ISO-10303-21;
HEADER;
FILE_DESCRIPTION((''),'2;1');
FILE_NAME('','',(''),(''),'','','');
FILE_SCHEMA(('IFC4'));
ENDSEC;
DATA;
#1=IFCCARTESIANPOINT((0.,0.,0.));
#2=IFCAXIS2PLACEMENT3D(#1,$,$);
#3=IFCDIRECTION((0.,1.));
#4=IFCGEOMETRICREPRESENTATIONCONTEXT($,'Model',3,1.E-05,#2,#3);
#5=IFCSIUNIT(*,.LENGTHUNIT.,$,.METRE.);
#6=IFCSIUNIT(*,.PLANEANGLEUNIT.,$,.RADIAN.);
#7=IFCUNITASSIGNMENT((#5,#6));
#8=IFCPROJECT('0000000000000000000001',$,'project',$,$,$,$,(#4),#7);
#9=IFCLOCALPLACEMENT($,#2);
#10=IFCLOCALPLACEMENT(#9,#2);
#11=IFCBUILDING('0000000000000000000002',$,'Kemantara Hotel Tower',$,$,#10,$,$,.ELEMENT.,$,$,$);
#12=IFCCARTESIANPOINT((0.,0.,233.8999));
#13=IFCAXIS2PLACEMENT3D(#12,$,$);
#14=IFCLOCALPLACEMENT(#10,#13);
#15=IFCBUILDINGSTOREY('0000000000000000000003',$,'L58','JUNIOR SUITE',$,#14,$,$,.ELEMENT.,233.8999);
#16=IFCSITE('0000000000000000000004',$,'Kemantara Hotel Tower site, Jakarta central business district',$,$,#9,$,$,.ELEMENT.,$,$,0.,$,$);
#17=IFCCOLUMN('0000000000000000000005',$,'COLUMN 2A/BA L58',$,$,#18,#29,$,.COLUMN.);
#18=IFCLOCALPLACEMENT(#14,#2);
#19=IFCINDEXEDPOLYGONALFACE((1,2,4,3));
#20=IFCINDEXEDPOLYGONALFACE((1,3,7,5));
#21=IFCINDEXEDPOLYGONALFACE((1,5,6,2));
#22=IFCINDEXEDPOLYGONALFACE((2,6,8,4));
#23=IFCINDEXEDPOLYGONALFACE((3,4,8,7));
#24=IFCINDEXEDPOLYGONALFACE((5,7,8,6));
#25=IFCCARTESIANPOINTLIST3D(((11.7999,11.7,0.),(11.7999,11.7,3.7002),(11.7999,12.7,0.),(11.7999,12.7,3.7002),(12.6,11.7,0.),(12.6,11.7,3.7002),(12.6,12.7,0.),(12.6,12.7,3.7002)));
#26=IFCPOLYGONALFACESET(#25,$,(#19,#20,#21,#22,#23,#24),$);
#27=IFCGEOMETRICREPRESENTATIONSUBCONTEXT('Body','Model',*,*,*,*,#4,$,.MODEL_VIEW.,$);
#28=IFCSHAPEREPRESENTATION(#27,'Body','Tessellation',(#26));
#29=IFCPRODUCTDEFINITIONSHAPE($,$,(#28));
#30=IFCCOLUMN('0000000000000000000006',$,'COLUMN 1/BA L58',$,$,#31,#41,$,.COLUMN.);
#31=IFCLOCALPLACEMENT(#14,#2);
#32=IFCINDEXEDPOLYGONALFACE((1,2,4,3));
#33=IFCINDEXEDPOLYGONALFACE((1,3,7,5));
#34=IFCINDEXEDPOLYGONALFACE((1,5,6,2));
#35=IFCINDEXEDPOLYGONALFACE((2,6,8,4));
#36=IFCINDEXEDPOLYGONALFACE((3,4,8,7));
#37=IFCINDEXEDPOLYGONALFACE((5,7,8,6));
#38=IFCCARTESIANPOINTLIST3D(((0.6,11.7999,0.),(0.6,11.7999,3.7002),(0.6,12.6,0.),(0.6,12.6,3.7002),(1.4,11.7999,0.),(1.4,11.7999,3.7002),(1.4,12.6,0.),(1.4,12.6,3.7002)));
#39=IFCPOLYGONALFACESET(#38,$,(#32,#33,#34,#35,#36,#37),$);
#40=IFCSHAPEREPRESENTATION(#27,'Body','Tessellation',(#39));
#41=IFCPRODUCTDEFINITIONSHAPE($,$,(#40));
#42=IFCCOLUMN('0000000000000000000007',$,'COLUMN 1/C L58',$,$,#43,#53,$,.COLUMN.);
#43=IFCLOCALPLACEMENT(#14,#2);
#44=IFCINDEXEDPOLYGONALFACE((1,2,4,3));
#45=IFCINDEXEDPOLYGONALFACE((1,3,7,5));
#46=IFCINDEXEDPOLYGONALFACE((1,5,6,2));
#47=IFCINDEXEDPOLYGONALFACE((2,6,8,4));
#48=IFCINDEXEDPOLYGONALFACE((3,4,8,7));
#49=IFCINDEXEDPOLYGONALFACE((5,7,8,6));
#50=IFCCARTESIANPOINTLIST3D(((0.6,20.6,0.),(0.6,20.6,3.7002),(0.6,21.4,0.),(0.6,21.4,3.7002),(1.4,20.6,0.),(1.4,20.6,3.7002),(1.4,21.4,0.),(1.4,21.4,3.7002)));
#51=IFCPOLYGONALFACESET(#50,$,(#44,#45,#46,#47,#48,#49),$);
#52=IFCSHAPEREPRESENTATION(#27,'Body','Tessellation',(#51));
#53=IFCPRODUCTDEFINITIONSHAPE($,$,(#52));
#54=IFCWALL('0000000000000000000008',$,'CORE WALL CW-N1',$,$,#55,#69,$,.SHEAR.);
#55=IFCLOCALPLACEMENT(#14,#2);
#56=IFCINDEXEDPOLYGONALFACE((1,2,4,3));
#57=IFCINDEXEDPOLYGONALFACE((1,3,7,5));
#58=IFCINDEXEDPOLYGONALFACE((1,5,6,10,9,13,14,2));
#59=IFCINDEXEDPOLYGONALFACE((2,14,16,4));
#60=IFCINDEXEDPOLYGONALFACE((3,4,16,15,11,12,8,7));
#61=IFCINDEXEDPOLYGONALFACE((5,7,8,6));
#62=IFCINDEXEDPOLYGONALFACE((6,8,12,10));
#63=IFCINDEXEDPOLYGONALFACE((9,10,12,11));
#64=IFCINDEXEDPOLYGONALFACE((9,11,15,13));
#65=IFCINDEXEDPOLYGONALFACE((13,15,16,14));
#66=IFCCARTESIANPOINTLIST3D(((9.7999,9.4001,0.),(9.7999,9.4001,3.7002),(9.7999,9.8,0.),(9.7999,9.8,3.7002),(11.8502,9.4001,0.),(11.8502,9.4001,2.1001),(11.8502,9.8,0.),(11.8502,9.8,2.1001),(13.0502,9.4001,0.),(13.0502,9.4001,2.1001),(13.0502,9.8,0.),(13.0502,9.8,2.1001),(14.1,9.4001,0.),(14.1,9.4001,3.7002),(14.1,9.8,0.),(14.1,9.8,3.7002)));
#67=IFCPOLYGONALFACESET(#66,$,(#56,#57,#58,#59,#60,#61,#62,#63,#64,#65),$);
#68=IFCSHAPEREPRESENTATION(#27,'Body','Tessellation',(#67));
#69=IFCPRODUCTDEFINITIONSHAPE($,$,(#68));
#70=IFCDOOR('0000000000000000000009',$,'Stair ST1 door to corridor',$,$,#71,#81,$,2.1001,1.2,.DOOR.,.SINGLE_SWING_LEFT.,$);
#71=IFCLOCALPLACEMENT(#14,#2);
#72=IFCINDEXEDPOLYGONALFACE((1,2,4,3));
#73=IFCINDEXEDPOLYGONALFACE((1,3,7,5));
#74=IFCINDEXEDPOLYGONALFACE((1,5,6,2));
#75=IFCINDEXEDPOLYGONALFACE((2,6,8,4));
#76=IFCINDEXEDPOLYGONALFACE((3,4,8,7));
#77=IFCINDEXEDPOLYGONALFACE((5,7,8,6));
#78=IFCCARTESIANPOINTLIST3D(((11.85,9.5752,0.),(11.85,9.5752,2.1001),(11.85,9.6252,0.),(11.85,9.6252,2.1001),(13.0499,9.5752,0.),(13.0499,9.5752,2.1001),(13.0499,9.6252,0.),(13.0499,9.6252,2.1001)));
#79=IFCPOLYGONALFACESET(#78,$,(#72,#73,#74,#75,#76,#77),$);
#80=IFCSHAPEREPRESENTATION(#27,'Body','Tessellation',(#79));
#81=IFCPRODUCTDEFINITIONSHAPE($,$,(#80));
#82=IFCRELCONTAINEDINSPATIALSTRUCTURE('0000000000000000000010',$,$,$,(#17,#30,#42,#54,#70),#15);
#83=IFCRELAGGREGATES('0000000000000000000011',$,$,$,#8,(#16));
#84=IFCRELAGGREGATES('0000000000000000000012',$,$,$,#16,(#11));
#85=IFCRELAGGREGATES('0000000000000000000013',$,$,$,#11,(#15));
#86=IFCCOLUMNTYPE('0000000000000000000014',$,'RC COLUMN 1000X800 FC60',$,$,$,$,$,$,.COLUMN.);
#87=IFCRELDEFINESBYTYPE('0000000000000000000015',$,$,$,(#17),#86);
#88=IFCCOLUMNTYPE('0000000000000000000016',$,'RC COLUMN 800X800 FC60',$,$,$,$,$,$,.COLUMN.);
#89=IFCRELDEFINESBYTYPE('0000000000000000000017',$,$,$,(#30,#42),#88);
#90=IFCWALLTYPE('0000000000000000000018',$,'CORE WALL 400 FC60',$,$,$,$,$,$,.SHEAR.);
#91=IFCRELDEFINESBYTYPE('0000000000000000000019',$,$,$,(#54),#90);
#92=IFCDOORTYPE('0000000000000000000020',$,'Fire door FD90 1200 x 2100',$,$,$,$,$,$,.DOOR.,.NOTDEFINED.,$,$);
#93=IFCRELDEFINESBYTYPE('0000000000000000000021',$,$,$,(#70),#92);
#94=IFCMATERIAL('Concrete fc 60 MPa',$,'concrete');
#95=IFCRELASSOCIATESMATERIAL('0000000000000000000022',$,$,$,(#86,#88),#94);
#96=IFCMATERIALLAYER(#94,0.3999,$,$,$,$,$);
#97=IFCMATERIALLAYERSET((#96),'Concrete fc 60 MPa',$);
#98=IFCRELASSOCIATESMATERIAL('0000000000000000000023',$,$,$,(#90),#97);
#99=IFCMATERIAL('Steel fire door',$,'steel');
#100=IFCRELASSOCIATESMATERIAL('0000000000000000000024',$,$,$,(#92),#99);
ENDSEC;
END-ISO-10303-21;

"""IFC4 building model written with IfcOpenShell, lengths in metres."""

from ifc_helpers import new_model, si_unit, direction, frame, frame_2d, origin, origin_2d, place, context, subcontext, project, spatial, rectangle, extrude, material, layer, layer_set, material_profile, profile_set, type_object, element, fill, save


model = new_model("IFC4")

# Units and contexts
model_context = context("Model", 3, precision=1e-05, world=origin(), true_north=direction((0.0, 1.0)))
body_context = subcontext(model_context, "Body", "Model", "MODEL_VIEW")
ifc_project = project(units=[si_unit("LENGTHUNIT", "METRE"), si_unit("PLANEANGLEUNIT", "RADIAN")], contexts=[model_context])

# Site, building, storey
site_placement = place(None, origin())
site = spatial("IfcSite", under=ifc_project, at=site_placement, Name="Kemantara Hotel Tower site, Jakarta central business district", CompositionType="ELEMENT", RefElevation=0.0)
building_placement = place(site_placement, origin())
building = spatial("IfcBuilding", under=site, at=building_placement, Name="Kemantara Hotel Tower", CompositionType="ELEMENT")
storey_placement = place(building_placement, frame((0.0, 0.0, 233.8999)))
storey = spatial("IfcBuildingStorey", under=building, at=storey_placement, Name="L58", Description="JUNIOR SUITE", CompositionType="ELEMENT", Elevation=233.8999)

# Columns
ifc_material_1 = material(Name="Concrete fc 60 MPa", Category="concrete")
ifc_material_profile_1 = material_profile(ifc_material_1, rectangle(XDim=1.0, YDim=0.8, at=origin_2d()), Name="RC 1000X800")
ifc_profile_set_1 = profile_set([ifc_material_profile_1], Name="Concrete fc 60 MPa")
column_type_1 = type_object("IfcColumnType", Name="RC COLUMN 1000X800 FC60", PredefinedType="COLUMN", material=ifc_profile_set_1)
column_placement = place(storey_placement, frame((12.2, 12.2, 0.0), z_axis=(0.0, 0.0, 1.0), x_axis=(0.0, 1.0, 0.0)))
element("IfcColumn", 1, at=column_placement, inside=storey, type_object=column_type_1, Name="COLUMN 2A/BA L58", PredefinedType="COLUMN", context=body_context, shape_type="SweptSolid", body=[
    extrude(rectangle(XDim=1.0, YDim=0.8, at=origin_2d()), origin(), (0.0, 0.0, 1.0), 3.7002),
])
ifc_material_profile_2 = material_profile(ifc_material_1, rectangle(XDim=0.8, YDim=0.8, at=origin_2d()), Name="RC 800X800")
ifc_profile_set_2 = profile_set([ifc_material_profile_2], Name="Concrete fc 60 MPa")
column_type_2 = type_object("IfcColumnType", Name="RC COLUMN 800X800 FC60", PredefinedType="COLUMN", material=ifc_profile_set_2)
for number, where, z_axis, x_axis, name in (
    (2, (1.0, 12.2, 0.0), (0.0, 0.0, 1.0), (1.0, 0.0, 0.0), "COLUMN 1/BA L58"),
    (3, (1.0, 21.0, 0.0), (0.0, 0.0, 1.0), (1.0, 0.0, 0.0), "COLUMN 1/C L58"),
):
    element("IfcColumn", number, at=place(storey_placement, frame(where, z_axis=z_axis, x_axis=x_axis)), inside=storey, type_object=column_type_2, Name=name, PredefinedType="COLUMN", context=body_context, shape_type="SweptSolid", body=[
        extrude(rectangle(XDim=0.8, YDim=0.8, at=origin_2d()), origin(), (0.0, 0.0, 1.0), 3.7002),
    ])

# Wall, opening, door
ifc_layer_1 = layer(ifc_material_1, 0.3999)
ifc_layer_set_1 = layer_set([ifc_layer_1], Name="Concrete fc 60 MPa")
wall_type_1 = type_object("IfcWallType", Name="CORE WALL 400 FC60", PredefinedType="SHEAR", material=ifc_layer_set_1)
wall_1_placement = place(storey_placement, frame((9.8, 9.6001, 0.0), z_axis=(0.0, 0.0, 1.0), x_axis=(1.0, 0.0, 0.0)))
wall_1 = element("IfcWall", 4, at=wall_1_placement, inside=storey, type_object=wall_type_1, Name="CORE WALL CW-N1", PredefinedType="SHEAR", context=body_context, shape_type="SweptSolid", body=[
    extrude(rectangle(XDim=4.3, YDim=0.3999, at=frame_2d((2.1499, 0.0))), origin(), (0.0, 0.0, 1.0), 3.7002),
])
opening_1_placement = place(wall_1_placement, frame((2.05, 0.0, 0.0)))
opening_1 = element("IfcOpeningElement", 5, at=opening_1_placement, cuts=wall_1, PredefinedType="OPENING", context=body_context, shape_type="SweptSolid", body=[
    extrude(rectangle(XDim=1.2, YDim=2.1001, at=frame_2d((0.6001, 1.05))), frame((0.0, 0.21, 0.0), z_axis=(0.0, -1.0, 0.0), x_axis=(1.0, 0.0, 0.0)), (0.0, 0.0, 1.0), 0.4199),
])
ifc_material_2 = material(Name="Steel fire door", Category="steel")
door_type_1 = type_object("IfcDoorType", Name="Fire door FD90 1200 x 2100", OperationType="NOTDEFINED", PredefinedType="DOOR", material=ifc_material_2)
door_1_placement = place(opening_1_placement, frame((1.2, 0.0, 0.0), z_axis=(0.0, 0.0, 1.0), x_axis=(-1.0, 0.0, 0.0)))
door_1 = element("IfcDoor", 6, at=door_1_placement, inside=storey, type_object=door_type_1, Name="Stair ST1 door to corridor", OperationType="SINGLE_SWING_LEFT", OverallHeight=2.1001, OverallWidth=1.2, PredefinedType="DOOR", context=body_context, shape_type="SweptSolid", body=[
    extrude(rectangle(XDim=1.2, YDim=2.1001, at=frame_2d((0.6001, 1.05))), frame((0.0, 0.0249, 0.0), z_axis=(0.0, -1.0, 0.0), x_axis=(1.0, 0.0, 0.0)), (0.0, 0.0, 1.0), 0.05),
])
fill(opening_1, door_1)

save(model, "model.ifc")
